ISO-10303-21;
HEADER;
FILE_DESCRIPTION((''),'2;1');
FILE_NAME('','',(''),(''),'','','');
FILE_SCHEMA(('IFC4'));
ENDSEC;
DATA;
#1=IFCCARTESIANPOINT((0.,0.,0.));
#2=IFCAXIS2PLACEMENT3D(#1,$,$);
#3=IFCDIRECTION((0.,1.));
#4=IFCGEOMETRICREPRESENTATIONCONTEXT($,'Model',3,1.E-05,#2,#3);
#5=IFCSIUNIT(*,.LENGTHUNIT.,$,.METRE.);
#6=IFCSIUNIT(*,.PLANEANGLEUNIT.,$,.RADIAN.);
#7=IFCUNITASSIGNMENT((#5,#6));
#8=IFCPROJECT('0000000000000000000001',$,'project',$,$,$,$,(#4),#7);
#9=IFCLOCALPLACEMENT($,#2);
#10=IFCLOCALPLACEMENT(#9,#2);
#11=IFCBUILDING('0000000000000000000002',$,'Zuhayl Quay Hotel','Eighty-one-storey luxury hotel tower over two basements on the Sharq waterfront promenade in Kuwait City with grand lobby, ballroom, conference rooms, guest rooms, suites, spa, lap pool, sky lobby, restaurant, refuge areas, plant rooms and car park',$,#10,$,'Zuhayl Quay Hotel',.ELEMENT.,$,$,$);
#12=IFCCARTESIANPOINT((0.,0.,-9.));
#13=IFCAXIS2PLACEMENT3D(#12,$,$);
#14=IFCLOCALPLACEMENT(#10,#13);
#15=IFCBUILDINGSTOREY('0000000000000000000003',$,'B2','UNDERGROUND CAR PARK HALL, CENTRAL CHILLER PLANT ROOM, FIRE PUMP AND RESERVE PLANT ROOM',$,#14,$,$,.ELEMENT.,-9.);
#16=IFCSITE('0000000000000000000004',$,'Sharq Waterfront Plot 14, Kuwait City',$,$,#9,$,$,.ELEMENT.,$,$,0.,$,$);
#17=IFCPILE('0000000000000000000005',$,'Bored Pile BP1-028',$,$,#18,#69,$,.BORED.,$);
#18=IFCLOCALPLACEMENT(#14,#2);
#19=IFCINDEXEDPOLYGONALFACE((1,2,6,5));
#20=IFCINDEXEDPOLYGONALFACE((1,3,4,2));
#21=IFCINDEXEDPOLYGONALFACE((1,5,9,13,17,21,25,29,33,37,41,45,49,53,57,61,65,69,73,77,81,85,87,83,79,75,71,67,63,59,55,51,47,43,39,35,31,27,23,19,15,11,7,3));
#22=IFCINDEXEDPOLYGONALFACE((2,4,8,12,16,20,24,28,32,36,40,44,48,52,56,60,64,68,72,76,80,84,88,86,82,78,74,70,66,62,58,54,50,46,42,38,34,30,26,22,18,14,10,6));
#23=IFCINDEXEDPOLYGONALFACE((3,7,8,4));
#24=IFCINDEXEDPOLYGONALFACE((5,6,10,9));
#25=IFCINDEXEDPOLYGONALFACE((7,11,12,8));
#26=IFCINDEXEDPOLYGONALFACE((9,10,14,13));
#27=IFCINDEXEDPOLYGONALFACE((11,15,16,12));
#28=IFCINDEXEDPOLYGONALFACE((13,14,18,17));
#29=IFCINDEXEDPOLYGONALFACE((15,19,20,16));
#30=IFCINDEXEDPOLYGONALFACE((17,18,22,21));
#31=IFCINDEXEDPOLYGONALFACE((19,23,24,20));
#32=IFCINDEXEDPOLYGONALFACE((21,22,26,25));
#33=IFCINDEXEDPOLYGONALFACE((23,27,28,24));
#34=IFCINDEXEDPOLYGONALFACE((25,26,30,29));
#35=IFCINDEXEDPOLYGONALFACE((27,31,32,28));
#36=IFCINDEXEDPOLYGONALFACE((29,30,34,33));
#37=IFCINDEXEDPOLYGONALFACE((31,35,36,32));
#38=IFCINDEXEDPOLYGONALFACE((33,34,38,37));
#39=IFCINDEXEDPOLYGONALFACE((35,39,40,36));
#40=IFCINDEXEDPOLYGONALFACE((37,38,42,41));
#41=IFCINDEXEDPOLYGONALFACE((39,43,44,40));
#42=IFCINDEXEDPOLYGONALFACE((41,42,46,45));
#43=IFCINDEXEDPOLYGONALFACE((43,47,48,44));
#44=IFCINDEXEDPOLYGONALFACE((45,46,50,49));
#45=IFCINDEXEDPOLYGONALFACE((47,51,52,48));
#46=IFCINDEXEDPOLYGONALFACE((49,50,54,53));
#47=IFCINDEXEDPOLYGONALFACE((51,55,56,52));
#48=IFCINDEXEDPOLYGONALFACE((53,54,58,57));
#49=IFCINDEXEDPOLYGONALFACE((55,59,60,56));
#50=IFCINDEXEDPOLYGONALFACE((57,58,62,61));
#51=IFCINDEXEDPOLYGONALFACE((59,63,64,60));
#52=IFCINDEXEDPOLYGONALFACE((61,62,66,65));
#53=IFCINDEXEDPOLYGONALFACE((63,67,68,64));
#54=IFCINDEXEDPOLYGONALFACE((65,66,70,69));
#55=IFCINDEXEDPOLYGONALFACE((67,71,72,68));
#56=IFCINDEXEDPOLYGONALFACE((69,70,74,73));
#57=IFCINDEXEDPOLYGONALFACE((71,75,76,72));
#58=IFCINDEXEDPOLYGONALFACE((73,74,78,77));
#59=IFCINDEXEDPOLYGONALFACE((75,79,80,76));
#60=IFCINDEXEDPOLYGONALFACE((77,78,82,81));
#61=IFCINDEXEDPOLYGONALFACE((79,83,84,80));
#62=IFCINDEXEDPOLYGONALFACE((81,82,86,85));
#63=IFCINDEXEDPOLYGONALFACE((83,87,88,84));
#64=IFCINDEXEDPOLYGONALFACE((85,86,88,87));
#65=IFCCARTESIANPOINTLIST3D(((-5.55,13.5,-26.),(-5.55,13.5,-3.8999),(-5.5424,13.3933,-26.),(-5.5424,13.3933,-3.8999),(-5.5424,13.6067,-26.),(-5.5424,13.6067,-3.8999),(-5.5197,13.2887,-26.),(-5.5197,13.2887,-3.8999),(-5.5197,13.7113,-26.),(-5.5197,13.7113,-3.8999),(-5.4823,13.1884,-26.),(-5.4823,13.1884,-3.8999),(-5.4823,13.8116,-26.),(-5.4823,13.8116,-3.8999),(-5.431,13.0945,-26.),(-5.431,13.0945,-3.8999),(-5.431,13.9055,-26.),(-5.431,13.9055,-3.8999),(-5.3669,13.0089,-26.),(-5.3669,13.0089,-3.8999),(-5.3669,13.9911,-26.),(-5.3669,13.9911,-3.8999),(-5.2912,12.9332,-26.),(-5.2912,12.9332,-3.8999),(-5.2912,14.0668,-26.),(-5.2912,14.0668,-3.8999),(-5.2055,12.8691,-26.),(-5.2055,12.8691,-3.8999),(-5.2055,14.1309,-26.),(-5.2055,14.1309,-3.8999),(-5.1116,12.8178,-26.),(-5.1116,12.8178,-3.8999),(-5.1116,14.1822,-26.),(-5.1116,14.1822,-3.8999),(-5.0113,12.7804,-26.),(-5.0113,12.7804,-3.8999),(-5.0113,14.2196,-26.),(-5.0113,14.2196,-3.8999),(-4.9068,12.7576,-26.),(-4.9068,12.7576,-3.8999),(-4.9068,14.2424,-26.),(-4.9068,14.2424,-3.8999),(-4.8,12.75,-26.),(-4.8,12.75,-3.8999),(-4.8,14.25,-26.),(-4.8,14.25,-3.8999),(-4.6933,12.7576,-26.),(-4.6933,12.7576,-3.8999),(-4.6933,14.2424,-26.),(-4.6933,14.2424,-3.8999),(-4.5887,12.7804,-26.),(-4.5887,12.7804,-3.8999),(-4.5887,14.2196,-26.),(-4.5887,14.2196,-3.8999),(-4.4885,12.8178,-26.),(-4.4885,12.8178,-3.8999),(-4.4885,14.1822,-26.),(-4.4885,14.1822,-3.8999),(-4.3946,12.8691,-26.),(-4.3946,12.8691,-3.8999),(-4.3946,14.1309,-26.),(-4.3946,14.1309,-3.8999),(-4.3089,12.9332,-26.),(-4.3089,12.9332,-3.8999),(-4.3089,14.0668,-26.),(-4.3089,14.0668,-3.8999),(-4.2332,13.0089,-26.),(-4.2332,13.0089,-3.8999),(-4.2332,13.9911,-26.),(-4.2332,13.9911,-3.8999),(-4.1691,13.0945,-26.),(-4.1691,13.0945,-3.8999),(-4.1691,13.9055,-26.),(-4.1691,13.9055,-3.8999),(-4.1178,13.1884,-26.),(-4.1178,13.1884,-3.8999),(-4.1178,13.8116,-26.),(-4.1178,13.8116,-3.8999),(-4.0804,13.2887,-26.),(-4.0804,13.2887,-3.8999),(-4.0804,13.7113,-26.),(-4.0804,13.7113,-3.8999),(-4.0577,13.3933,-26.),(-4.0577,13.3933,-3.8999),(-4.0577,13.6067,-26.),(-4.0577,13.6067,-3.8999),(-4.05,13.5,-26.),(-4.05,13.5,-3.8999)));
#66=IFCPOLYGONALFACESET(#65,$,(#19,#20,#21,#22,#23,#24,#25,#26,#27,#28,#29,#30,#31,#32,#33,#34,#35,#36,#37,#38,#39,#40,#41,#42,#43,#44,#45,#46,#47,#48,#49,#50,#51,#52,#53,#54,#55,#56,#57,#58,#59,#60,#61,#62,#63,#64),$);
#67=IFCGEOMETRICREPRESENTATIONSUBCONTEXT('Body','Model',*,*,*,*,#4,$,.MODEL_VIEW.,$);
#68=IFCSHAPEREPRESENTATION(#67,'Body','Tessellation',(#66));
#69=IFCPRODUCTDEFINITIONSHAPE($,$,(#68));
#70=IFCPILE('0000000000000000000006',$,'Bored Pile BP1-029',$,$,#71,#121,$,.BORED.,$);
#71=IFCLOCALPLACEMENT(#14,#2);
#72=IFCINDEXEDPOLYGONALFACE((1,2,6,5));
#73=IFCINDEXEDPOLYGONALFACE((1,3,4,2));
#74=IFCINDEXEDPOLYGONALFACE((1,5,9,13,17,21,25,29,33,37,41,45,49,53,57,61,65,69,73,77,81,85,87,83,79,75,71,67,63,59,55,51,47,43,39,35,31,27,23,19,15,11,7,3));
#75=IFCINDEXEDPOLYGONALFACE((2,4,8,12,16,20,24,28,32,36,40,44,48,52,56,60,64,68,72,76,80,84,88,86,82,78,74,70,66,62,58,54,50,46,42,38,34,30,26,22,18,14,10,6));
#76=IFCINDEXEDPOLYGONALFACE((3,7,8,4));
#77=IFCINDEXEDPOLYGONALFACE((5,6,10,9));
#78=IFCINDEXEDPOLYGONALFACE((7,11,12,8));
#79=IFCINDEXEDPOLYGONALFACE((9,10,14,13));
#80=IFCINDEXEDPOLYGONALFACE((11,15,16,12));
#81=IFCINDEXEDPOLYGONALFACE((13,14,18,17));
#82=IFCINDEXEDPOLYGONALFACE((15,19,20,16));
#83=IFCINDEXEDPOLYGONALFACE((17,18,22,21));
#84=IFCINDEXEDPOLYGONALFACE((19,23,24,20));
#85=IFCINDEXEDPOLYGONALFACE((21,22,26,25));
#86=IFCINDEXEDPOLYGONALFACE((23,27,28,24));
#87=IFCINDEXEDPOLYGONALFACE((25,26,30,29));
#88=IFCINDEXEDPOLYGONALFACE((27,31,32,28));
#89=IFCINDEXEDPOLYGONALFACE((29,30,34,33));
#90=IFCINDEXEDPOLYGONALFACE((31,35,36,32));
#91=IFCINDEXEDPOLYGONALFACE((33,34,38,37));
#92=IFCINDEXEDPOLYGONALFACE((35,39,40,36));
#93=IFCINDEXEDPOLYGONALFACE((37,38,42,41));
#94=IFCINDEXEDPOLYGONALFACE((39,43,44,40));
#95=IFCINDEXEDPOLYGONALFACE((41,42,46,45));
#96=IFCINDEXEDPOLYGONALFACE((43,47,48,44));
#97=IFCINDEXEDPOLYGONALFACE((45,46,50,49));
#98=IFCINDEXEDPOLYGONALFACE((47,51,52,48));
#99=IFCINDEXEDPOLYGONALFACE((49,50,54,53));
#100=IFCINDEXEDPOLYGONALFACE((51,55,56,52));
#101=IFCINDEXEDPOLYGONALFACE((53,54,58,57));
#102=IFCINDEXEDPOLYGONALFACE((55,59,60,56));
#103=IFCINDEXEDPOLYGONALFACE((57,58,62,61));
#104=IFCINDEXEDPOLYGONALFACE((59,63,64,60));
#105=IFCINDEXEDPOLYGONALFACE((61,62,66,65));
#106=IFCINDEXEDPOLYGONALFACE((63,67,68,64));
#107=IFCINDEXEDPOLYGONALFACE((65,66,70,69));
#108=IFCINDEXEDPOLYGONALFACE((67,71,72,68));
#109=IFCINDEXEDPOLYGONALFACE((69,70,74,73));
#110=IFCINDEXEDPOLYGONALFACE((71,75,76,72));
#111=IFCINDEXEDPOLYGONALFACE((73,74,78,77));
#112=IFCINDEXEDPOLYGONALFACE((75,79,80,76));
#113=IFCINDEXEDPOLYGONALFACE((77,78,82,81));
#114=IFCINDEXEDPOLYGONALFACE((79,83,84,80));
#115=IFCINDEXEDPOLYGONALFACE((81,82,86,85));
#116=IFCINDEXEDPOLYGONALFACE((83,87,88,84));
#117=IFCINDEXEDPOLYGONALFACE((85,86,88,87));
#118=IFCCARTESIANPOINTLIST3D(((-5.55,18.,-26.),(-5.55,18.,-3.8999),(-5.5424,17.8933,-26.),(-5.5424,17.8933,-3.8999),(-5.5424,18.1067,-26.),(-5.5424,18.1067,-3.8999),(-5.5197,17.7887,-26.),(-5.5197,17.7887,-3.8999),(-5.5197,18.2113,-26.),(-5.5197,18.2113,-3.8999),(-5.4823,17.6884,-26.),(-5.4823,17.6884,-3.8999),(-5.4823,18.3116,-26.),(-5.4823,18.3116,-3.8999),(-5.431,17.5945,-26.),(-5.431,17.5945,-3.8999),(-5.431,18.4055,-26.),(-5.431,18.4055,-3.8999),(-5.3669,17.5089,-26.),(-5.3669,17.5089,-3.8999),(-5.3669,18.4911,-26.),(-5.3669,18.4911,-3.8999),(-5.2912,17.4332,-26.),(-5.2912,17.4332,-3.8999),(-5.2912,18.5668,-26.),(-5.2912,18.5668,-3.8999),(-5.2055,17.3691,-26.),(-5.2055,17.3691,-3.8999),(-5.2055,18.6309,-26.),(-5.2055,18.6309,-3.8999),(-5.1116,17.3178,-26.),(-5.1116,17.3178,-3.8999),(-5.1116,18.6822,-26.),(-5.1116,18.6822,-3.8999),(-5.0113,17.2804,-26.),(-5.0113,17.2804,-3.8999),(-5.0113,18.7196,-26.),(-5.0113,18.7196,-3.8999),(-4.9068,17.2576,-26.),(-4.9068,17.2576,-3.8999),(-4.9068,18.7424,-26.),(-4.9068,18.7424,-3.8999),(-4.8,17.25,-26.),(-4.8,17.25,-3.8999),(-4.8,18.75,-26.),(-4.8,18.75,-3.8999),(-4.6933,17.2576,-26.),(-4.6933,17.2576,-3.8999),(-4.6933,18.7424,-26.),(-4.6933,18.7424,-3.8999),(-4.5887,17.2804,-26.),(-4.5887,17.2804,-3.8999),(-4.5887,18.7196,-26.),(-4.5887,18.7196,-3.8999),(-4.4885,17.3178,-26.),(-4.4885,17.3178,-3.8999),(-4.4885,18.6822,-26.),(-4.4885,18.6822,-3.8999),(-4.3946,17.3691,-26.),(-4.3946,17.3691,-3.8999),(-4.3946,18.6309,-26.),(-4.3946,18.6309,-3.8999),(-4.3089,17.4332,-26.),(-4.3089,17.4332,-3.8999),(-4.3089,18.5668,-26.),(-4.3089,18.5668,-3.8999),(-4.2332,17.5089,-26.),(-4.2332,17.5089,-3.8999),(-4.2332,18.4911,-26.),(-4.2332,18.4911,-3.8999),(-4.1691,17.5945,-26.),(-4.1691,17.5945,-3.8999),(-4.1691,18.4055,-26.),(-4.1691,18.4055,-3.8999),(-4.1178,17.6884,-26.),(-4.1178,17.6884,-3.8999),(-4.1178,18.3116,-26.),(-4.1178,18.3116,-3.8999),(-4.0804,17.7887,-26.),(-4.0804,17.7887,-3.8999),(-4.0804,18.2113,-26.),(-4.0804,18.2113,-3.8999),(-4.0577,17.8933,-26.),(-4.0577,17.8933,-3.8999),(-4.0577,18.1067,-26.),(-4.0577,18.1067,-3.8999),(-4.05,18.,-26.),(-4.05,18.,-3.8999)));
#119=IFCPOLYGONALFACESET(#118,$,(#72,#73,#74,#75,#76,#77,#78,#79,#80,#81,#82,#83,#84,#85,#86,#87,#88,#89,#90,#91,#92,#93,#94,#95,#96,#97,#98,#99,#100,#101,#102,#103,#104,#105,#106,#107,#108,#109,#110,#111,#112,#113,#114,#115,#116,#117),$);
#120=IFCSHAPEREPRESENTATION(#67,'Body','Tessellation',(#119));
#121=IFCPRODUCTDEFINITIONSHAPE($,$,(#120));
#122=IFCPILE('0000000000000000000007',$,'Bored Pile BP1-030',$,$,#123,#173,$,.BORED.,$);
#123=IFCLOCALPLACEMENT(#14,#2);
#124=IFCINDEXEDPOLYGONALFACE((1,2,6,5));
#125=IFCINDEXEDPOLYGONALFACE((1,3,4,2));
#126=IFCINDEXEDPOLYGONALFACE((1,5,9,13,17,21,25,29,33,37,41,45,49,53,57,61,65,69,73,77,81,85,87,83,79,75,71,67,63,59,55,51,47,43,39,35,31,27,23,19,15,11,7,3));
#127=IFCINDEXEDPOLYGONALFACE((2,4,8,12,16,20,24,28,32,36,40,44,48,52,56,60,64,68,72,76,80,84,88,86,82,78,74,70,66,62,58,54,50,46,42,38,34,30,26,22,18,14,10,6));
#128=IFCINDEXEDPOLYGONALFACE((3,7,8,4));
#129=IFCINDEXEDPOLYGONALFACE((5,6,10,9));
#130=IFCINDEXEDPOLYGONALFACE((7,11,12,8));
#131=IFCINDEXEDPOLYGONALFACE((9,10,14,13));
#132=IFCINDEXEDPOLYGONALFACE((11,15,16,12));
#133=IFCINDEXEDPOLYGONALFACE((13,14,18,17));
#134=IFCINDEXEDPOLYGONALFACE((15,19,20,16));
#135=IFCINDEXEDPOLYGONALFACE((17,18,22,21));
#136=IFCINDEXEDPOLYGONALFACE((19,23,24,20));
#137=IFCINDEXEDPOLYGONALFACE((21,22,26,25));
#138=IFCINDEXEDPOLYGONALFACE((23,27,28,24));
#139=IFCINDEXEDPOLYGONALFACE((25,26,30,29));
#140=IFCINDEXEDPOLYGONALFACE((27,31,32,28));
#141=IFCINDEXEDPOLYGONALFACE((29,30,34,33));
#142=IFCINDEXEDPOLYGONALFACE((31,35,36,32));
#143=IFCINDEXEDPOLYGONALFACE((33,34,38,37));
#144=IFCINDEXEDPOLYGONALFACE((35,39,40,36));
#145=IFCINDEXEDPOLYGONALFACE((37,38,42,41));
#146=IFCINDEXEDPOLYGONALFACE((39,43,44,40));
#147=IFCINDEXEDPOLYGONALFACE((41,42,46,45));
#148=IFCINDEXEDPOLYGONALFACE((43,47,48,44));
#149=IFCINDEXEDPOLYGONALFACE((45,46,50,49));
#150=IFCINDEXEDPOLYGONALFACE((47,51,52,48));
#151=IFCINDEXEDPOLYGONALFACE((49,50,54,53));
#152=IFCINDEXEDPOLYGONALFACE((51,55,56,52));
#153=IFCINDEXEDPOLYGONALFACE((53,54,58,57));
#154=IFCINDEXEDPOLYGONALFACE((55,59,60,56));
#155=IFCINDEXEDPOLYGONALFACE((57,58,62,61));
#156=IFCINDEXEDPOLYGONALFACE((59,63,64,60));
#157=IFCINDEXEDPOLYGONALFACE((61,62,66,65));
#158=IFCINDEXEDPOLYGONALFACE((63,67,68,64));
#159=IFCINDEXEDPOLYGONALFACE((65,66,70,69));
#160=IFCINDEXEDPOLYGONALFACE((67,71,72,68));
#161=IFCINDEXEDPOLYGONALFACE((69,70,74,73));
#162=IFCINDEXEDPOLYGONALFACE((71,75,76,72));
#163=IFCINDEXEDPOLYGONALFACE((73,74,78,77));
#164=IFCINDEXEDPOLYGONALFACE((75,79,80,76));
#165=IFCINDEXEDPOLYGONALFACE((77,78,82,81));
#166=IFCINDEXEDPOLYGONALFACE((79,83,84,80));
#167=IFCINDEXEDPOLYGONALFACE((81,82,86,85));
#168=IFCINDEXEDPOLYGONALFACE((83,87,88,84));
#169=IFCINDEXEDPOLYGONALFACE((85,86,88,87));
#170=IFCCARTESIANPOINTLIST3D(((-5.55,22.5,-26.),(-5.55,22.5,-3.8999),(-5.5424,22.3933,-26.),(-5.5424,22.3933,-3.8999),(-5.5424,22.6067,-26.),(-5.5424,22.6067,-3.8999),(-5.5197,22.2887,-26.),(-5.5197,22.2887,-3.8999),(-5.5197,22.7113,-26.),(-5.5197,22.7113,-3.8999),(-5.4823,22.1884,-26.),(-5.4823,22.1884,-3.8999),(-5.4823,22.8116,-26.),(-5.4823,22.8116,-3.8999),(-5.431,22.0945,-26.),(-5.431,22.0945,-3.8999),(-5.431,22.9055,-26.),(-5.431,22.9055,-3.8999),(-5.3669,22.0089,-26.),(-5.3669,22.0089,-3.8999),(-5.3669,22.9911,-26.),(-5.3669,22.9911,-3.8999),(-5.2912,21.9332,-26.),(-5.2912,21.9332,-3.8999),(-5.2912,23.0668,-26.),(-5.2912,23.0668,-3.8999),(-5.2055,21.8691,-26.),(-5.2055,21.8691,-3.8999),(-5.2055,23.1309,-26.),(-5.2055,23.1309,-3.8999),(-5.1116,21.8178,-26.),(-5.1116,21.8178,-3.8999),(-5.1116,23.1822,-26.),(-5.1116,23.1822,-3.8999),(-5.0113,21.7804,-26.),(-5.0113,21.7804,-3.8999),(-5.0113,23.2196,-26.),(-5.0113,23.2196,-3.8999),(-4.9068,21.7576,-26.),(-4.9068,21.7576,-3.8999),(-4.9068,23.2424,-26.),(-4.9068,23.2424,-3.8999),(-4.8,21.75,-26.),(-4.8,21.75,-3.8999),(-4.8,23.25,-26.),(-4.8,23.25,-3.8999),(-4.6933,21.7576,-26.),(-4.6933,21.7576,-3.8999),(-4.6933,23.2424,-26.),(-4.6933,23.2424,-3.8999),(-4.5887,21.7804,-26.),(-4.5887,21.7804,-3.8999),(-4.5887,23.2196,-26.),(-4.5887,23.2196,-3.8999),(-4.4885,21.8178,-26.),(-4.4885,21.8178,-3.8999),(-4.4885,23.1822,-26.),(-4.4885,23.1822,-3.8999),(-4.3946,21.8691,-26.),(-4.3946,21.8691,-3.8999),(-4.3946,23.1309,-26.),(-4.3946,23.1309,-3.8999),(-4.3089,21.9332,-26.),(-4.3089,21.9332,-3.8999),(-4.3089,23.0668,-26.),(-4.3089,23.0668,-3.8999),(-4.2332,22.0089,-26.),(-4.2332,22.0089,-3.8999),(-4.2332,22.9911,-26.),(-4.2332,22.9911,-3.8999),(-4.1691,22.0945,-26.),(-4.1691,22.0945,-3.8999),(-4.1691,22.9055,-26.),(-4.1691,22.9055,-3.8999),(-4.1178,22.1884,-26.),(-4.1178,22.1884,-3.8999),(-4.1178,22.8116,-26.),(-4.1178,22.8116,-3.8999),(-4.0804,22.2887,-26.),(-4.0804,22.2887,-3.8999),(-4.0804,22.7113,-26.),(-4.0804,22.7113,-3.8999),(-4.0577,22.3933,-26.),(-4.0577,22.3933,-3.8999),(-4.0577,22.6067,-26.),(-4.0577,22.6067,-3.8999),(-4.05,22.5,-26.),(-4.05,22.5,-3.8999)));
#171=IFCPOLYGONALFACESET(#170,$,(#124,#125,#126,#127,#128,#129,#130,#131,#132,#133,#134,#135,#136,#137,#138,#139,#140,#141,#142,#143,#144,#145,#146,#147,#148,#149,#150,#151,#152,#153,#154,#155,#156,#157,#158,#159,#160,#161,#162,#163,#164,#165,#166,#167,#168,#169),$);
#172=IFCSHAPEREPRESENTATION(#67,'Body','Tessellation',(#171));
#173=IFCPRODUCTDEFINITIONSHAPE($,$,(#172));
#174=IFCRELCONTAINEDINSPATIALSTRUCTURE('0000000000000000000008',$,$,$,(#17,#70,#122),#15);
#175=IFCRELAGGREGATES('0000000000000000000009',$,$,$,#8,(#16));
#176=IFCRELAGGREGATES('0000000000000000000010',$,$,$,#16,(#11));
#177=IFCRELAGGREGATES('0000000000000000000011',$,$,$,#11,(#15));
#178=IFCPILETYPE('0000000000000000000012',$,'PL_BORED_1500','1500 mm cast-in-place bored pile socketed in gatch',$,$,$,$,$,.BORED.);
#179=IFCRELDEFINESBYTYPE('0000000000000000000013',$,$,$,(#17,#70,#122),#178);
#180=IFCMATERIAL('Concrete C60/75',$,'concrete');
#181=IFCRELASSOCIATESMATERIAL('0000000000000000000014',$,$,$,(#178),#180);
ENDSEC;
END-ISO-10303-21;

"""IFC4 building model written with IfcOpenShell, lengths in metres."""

from ifc_helpers import new_model, si_unit, direction, frame, origin, origin_2d, place, context, subcontext, project, spatial, circle, extrude, material, material_profile, profile_set, type_object, element, save


model = new_model("IFC4")

# Units and contexts
model_context = context("Model", 3, precision=1e-05, world=origin(), true_north=direction((0.0, 1.0)))
body_context = subcontext(model_context, "Body", "Model", "MODEL_VIEW")
ifc_project = project(units=[si_unit("LENGTHUNIT", "METRE"), si_unit("PLANEANGLEUNIT", "RADIAN")], contexts=[model_context])

# Site, building, storey
site_placement = place(None, origin())
site = spatial("IfcSite", under=ifc_project, at=site_placement, Name="Sharq Waterfront Plot 14, Kuwait City", CompositionType="ELEMENT", RefElevation=0.0)
building_placement = place(site_placement, origin())
building = spatial("IfcBuilding", under=site, at=building_placement, Name="Zuhayl Quay Hotel", Description="Eighty-one-storey luxury hotel tower over two basements on the Sharq waterfront promenade in Kuwait City with grand lobby, ballroom, conference rooms, guest rooms, suites, spa, lap pool, sky lobby, restaurant, refuge areas, plant rooms and car park", LongName="Zuhayl Quay Hotel", CompositionType="ELEMENT")
storey_placement = place(building_placement, frame((0.0, 0.0, -9.0)))
storey = spatial("IfcBuildingStorey", under=building, at=storey_placement, Name="B2", Description="UNDERGROUND CAR PARK HALL, CENTRAL CHILLER PLANT ROOM, FIRE PUMP AND RESERVE PLANT ROOM", CompositionType="ELEMENT", Elevation=-9.0)

# Piles
ifc_material_1 = material(Name="Concrete C60/75", Category="concrete")
ifc_material_profile_1 = material_profile(ifc_material_1, circle(Radius=0.75, at=origin_2d()), Name="PILE1500")
ifc_profile_set_1 = profile_set([ifc_material_profile_1], Name="Concrete C60/75")
pile_type = type_object("IfcPileType", Name="PL_BORED_1500", Description="1500 mm cast-in-place bored pile socketed in gatch", PredefinedType="BORED", material=ifc_profile_set_1)
for number, where, z_axis, x_axis, name in (
    (1, (-4.8, 13.5, -3.8999), (0.0, 0.0, -1.0), (1.0, 0.0, 0.0), "Bored Pile BP1-028"),
    (2, (-4.8, 18.0, -3.8999), (0.0, 0.0, -1.0), (1.0, 0.0, 0.0), "Bored Pile BP1-029"),
    (3, (-4.8, 22.5, -3.8999), (0.0, 0.0, -1.0), (1.0, 0.0, 0.0), "Bored Pile BP1-030"),
):
    element("IfcPile", number, at=place(storey_placement, frame(where, z_axis=z_axis, x_axis=x_axis)), inside=storey, type_object=pile_type, Name=name, PredefinedType="BORED", context=body_context, shape_type="SweptSolid", body=[
        extrude(circle(Radius=0.75, at=origin_2d()), origin(), (0.0, 0.0, 1.0), 22.1001),
    ])

save(model, "model.ifc")
